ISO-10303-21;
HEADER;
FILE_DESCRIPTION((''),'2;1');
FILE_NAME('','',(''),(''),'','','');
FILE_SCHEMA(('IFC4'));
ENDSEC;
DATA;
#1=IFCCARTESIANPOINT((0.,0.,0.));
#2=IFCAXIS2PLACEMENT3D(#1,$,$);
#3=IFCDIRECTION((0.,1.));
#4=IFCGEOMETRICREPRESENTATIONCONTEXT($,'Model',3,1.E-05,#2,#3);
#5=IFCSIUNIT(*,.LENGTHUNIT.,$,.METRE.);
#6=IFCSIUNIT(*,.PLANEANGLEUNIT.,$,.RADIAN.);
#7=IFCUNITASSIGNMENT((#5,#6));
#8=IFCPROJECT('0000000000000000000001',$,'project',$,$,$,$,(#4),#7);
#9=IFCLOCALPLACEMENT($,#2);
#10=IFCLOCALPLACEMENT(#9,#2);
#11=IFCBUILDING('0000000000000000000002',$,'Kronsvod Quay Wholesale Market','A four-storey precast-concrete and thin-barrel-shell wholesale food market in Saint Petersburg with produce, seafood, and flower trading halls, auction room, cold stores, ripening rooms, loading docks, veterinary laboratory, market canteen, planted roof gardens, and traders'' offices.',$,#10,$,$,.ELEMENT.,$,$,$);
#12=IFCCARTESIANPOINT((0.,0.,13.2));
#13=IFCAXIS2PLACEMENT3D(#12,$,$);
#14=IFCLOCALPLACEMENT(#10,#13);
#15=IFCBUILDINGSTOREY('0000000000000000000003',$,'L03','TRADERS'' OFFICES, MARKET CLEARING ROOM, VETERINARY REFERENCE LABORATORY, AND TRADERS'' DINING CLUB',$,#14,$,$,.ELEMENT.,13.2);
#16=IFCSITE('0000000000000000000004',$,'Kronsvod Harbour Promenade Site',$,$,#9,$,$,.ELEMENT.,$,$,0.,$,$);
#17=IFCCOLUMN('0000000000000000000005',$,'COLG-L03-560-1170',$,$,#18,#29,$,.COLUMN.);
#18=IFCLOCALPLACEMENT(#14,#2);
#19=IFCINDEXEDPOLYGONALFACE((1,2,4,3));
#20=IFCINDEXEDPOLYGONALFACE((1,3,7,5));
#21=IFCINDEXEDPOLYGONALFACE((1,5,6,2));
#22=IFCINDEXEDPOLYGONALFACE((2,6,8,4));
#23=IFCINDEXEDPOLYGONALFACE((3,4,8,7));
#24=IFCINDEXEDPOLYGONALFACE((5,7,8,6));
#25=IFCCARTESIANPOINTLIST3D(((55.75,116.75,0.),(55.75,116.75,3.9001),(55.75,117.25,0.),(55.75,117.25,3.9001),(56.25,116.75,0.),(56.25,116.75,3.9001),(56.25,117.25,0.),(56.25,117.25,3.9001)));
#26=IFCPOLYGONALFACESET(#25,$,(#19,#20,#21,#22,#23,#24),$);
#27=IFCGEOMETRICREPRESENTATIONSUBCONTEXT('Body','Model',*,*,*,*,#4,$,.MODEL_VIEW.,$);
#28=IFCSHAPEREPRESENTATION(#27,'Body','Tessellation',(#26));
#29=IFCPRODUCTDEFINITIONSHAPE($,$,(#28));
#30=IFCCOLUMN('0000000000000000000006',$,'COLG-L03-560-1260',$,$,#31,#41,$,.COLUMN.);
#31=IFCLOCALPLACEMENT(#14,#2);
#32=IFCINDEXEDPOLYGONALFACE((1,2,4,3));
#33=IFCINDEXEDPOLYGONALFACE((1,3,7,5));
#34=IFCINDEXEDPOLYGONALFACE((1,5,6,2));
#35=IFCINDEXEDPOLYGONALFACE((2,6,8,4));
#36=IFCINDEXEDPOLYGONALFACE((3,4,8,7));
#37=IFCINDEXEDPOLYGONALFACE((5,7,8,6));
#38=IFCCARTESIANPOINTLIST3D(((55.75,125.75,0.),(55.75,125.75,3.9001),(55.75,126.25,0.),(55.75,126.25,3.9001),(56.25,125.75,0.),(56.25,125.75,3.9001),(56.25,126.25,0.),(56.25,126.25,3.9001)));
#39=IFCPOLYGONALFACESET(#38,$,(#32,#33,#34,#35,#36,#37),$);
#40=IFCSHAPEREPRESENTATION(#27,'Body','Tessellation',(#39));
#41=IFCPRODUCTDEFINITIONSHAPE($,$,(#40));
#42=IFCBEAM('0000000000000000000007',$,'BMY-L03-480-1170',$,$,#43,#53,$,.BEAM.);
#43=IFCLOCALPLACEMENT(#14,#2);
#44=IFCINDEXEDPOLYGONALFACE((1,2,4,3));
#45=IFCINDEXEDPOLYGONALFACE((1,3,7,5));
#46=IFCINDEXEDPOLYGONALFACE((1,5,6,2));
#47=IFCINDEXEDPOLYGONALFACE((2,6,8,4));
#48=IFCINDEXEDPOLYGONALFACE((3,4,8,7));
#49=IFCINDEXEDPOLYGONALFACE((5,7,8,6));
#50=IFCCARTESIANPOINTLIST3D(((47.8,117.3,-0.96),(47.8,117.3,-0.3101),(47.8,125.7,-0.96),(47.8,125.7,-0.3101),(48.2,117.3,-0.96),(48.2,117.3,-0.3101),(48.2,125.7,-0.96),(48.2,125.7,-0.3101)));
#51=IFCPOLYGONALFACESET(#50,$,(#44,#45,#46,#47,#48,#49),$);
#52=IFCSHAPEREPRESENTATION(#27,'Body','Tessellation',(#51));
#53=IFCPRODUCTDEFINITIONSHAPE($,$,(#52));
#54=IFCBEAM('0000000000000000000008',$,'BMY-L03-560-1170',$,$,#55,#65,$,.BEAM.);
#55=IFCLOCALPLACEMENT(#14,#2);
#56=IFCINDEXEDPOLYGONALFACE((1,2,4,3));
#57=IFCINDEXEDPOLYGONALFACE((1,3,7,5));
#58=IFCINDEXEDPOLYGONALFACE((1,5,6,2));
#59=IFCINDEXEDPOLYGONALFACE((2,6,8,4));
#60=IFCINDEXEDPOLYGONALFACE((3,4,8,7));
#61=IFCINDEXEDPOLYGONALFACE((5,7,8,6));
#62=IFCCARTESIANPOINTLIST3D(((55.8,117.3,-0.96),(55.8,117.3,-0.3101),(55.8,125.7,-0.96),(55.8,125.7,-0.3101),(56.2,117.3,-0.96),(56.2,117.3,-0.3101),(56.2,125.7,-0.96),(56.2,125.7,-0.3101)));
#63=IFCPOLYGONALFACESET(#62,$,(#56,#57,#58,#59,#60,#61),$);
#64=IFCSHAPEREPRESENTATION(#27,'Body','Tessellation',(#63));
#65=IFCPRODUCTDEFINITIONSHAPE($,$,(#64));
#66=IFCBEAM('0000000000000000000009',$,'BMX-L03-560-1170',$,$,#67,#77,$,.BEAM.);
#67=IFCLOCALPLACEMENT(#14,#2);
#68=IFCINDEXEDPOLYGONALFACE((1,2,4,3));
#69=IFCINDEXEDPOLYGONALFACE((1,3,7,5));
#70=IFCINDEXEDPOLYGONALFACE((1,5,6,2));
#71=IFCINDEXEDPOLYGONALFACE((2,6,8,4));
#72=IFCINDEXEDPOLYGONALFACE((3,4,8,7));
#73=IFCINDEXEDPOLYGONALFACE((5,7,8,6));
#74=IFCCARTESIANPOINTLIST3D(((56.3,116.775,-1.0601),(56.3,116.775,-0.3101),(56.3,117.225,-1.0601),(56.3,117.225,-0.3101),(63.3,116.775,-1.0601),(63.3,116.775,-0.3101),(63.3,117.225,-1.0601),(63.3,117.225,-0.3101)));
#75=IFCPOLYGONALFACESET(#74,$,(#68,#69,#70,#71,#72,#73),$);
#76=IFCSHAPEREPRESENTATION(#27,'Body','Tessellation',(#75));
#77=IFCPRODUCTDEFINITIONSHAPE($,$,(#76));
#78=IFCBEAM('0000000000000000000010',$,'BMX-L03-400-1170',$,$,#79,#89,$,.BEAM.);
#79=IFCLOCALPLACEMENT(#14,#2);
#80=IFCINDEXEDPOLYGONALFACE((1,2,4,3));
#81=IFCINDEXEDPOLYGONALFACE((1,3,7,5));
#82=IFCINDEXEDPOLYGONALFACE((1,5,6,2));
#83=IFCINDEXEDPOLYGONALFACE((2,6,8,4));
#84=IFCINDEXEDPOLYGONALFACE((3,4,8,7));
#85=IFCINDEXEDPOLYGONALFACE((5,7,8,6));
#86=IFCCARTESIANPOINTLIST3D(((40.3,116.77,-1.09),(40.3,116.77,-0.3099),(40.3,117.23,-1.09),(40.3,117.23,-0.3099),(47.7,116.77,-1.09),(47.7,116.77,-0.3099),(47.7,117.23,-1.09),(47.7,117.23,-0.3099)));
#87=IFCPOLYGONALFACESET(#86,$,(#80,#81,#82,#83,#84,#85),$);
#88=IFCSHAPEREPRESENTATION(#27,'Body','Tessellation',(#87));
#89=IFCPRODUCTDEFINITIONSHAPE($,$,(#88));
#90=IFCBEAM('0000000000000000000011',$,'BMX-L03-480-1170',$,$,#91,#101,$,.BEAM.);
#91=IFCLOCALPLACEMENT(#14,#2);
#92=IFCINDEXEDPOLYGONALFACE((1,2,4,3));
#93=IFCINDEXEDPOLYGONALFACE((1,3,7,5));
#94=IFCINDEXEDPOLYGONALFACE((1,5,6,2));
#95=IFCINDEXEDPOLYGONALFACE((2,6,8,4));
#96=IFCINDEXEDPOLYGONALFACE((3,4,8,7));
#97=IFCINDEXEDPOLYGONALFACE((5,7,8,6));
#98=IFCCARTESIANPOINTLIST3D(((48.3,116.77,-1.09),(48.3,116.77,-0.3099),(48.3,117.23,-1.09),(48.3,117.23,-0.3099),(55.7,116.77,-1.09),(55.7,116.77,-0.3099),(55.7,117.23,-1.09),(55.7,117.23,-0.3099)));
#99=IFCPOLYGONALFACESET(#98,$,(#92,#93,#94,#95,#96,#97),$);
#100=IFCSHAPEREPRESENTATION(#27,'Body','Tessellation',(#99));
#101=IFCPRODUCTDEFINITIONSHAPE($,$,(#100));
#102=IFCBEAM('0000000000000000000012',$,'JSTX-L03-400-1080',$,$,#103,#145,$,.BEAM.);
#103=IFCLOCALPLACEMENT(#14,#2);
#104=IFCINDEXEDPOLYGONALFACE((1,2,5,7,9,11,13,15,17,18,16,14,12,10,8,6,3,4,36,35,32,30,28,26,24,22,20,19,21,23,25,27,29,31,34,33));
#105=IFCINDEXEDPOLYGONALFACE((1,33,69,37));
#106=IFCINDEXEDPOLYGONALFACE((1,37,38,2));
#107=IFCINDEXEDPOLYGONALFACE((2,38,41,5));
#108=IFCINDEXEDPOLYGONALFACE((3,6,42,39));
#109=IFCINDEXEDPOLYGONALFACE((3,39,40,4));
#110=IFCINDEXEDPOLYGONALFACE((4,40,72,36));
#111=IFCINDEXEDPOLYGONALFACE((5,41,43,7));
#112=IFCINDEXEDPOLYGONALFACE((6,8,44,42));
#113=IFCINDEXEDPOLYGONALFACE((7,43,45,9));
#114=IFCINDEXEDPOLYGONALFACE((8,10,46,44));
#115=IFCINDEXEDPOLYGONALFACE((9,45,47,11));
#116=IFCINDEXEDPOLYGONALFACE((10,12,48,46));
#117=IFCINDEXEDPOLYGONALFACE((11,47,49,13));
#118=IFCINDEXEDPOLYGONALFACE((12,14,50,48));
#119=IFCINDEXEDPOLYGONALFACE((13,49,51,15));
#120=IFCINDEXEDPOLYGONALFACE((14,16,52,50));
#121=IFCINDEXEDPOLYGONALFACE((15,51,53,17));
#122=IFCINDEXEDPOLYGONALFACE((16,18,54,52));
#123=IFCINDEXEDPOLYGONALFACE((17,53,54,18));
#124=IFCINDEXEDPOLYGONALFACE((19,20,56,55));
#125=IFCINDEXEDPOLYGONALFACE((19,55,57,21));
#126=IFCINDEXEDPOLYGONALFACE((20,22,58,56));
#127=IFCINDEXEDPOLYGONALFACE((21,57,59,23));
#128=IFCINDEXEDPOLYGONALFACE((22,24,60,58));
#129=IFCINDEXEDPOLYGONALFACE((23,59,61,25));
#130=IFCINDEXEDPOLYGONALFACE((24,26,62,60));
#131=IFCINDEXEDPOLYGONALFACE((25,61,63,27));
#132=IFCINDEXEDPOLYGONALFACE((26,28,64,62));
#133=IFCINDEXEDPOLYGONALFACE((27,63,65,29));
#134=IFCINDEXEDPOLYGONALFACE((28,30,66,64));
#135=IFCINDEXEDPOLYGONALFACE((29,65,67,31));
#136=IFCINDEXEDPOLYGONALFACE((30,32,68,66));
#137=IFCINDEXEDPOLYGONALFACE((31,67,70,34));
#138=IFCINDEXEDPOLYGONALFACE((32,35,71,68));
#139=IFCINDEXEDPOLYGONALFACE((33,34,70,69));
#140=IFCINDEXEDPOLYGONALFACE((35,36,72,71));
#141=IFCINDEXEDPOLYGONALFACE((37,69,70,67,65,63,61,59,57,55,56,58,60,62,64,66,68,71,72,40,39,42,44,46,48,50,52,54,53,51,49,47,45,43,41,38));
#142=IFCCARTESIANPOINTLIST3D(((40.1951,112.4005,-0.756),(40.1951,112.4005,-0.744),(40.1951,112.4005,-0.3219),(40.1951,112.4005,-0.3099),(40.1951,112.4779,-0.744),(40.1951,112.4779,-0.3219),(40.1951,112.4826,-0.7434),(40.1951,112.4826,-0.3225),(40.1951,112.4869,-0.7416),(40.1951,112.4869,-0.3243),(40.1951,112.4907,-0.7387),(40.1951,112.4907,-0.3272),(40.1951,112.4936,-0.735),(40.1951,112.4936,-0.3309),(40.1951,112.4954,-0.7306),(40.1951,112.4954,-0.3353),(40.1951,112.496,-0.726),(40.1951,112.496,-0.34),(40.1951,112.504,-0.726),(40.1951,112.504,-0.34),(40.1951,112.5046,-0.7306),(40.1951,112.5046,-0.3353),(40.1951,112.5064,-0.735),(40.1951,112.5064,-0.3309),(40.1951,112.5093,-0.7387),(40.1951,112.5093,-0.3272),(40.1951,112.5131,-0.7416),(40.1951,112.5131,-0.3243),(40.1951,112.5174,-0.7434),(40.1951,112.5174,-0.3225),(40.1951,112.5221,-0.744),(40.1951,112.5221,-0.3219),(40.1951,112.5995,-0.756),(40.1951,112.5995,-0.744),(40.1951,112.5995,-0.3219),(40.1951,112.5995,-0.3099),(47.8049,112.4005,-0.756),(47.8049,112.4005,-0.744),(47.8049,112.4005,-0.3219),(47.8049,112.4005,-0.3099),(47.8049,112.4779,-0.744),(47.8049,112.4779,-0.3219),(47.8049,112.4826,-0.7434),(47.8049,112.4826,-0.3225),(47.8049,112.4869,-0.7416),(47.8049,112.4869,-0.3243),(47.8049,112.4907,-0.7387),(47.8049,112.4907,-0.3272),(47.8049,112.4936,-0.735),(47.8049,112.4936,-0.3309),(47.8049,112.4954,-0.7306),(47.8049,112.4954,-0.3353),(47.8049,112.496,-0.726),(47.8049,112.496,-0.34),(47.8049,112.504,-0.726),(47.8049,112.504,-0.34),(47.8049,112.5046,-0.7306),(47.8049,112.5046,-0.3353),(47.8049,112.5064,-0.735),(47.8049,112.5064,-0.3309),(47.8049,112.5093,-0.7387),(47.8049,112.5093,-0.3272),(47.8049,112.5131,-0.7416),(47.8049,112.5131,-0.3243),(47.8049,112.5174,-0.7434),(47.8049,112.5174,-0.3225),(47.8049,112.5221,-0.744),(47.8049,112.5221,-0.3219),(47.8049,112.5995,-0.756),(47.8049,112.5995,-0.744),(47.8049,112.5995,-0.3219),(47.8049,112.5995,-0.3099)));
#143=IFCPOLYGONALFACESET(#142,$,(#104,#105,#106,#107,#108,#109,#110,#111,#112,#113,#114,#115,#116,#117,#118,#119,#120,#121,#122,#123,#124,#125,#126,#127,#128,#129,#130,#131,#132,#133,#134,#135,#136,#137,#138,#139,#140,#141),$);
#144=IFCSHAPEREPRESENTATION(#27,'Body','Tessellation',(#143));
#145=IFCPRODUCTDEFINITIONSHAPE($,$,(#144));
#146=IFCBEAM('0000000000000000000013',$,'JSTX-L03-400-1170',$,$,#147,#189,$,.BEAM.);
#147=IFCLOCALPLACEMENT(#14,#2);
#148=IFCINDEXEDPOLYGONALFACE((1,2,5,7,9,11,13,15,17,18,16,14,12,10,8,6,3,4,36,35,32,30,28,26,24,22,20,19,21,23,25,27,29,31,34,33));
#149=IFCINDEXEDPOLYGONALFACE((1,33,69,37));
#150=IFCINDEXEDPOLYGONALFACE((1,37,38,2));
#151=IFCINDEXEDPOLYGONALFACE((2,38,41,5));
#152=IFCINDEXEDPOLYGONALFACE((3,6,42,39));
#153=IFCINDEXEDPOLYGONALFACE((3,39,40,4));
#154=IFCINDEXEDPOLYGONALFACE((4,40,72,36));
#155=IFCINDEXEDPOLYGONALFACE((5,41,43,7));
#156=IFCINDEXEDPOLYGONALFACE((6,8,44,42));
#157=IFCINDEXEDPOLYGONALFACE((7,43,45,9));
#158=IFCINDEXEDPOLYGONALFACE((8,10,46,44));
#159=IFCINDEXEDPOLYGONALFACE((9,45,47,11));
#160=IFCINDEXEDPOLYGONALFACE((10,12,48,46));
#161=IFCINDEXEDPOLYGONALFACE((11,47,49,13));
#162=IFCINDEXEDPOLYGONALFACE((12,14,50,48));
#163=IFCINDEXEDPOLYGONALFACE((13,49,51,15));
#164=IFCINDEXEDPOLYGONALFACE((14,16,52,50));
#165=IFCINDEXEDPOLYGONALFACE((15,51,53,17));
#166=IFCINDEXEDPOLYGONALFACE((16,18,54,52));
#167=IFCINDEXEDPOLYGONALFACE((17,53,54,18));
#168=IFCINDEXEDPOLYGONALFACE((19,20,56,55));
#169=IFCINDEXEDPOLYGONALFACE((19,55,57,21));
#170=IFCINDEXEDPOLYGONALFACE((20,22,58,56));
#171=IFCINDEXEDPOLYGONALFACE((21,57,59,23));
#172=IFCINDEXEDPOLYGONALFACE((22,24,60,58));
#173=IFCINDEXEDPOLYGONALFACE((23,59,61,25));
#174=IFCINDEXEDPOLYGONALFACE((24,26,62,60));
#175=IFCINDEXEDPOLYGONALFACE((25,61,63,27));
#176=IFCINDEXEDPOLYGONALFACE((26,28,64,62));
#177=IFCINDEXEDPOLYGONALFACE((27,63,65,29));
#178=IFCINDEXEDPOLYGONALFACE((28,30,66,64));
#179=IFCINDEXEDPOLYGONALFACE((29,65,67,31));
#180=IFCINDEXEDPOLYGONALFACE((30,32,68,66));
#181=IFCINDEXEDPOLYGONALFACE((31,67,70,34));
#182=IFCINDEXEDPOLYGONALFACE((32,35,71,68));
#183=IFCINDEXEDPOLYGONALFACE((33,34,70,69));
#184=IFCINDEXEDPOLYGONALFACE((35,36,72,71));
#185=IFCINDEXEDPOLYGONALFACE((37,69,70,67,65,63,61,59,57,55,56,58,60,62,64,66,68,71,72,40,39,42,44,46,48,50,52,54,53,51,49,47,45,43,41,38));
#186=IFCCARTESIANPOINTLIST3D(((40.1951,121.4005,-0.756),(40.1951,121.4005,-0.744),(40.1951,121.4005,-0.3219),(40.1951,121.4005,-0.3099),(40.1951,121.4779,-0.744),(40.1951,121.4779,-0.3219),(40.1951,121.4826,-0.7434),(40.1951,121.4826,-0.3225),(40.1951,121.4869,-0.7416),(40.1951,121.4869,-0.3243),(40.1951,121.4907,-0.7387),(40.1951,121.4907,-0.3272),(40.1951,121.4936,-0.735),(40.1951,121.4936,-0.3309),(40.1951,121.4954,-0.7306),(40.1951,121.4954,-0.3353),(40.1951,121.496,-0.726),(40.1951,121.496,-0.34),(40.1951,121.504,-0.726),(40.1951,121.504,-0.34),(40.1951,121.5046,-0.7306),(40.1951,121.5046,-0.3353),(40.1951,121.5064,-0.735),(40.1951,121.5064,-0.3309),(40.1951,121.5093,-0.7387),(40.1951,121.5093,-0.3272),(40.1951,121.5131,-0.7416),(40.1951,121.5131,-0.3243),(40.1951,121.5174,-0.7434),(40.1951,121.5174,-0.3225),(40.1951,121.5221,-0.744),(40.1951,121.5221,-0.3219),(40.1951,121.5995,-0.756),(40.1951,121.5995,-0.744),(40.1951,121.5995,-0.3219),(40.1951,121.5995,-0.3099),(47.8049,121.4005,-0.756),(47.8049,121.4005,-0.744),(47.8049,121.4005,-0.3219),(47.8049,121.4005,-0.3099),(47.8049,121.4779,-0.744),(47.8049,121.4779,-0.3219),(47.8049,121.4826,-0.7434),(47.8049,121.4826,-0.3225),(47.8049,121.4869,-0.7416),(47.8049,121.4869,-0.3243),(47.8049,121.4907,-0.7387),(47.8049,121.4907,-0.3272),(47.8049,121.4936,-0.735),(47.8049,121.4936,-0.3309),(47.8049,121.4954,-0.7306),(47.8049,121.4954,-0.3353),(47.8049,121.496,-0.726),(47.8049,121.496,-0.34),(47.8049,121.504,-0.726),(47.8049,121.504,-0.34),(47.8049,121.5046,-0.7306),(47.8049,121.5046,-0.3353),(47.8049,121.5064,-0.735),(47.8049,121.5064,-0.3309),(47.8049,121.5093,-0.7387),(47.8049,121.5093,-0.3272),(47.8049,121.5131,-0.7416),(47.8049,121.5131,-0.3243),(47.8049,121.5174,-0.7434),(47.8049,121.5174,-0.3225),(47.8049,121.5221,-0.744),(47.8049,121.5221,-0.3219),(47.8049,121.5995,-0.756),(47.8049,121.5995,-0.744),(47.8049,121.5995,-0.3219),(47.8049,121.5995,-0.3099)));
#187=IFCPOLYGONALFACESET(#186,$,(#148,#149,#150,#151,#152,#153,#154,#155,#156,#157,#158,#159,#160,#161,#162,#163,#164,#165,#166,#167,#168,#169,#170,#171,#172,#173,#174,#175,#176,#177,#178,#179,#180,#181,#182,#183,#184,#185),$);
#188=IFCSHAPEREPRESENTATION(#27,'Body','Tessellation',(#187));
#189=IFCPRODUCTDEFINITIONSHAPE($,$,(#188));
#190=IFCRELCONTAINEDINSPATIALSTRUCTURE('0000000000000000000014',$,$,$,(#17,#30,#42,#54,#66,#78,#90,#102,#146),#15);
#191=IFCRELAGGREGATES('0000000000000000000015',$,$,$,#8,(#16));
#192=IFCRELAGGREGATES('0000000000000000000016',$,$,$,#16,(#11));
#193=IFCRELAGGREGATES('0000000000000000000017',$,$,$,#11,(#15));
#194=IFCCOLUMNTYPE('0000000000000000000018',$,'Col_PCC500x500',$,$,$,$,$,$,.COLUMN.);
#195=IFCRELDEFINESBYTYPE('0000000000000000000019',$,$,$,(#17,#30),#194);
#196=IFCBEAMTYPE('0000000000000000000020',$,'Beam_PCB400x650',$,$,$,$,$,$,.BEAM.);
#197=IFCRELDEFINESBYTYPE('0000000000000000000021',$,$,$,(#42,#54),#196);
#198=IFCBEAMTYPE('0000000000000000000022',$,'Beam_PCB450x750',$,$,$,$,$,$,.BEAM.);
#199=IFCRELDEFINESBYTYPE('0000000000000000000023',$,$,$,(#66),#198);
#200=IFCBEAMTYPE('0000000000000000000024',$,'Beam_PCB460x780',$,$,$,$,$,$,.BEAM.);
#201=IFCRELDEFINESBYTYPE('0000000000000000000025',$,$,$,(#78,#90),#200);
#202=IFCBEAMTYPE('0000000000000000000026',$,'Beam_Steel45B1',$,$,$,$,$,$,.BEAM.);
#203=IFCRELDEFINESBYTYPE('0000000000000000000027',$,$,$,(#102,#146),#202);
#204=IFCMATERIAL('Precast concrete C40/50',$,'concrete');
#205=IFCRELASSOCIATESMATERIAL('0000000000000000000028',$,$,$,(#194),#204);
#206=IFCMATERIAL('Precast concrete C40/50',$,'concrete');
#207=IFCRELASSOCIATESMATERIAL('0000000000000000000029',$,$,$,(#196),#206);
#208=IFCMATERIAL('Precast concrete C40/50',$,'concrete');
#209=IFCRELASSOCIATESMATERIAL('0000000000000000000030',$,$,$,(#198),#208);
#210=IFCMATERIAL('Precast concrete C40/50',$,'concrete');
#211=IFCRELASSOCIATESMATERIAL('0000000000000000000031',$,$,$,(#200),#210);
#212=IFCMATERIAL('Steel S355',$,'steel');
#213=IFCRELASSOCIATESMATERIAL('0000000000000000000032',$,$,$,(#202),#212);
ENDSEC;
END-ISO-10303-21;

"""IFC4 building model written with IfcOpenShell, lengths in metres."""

from ifc_helpers import new_model, si_unit, direction, frame, origin, origin_2d, place, context, subcontext, project, spatial, rectangle, i_section, extrude, material, material_profile, profile_set, type_object, element, save


model = new_model("IFC4")

# Units and contexts
model_context = context("Model", 3, precision=1e-05, world=origin(), true_north=direction((0.0, 1.0)))
body_context = subcontext(model_context, "Body", "Model", "MODEL_VIEW")
ifc_project = project(units=[si_unit("LENGTHUNIT", "METRE"), si_unit("PLANEANGLEUNIT", "RADIAN")], contexts=[model_context])

# Site, building, storey
site_placement = place(None, origin())
site = spatial("IfcSite", under=ifc_project, at=site_placement, Name="Kronsvod Harbour Promenade Site", CompositionType="ELEMENT", RefElevation=0.0)
building_placement = place(site_placement, origin())
building = spatial("IfcBuilding", under=site, at=building_placement, Name="Kronsvod Quay Wholesale Market", Description="A four-storey precast-concrete and thin-barrel-shell wholesale food market in Saint Petersburg with produce, seafood, and flower trading halls, auction room, cold stores, ripening rooms, loading docks, veterinary laboratory, market canteen, planted roof gardens, and traders' offices.", CompositionType="ELEMENT")
storey_placement = place(building_placement, frame((0.0, 0.0, 13.2)))
storey = spatial("IfcBuildingStorey", under=building, at=storey_placement, Name="L03", Description="TRADERS' OFFICES, MARKET CLEARING ROOM, VETERINARY REFERENCE LABORATORY, AND TRADERS' DINING CLUB", CompositionType="ELEMENT", Elevation=13.2)

# Columns
ifc_material_1 = material(Name="Precast concrete C40/50", Category="concrete")
ifc_material_profile_1 = material_profile(ifc_material_1, rectangle(XDim=0.5, YDim=0.5, at=origin_2d()), Name="PCC500x500")
ifc_profile_set_1 = profile_set([ifc_material_profile_1], Name="Precast concrete C40/50")
column_type = type_object("IfcColumnType", Name="Col_PCC500x500", PredefinedType="COLUMN", material=ifc_profile_set_1)
for number, where, z_axis, x_axis, name in (
    (1, (56.0, 117.0, 0.0), (0.0, 0.0, 1.0), (1.0, 0.0, 0.0), "COLG-L03-560-1170"),
    (2, (56.0, 126.0, 0.0), (0.0, 0.0, 1.0), (1.0, 0.0, 0.0), "COLG-L03-560-1260"),
):
    element("IfcColumn", number, at=place(storey_placement, frame(where, z_axis=z_axis, x_axis=x_axis)), inside=storey, type_object=column_type, Name=name, PredefinedType="COLUMN", context=body_context, shape_type="SweptSolid", body=[
        extrude(rectangle(XDim=0.5, YDim=0.5, at=origin_2d()), origin(), (0.0, 0.0, 1.0), 3.9001),
    ])

# Beams
ifc_material_2 = material(Name="Precast concrete C40/50", Category="concrete")
ifc_material_profile_2 = material_profile(ifc_material_2, rectangle(XDim=0.3999, YDim=0.6499, at=origin_2d()), Name="PCB400x650")
ifc_profile_set_2 = profile_set([ifc_material_profile_2], Name="Precast concrete C40/50")
beam_type_1 = type_object("IfcBeamType", Name="Beam_PCB400x650", PredefinedType="BEAM", material=ifc_profile_set_2)
for number, where, z_axis, x_axis, name in (
    (3, (48.0, 117.3, -0.635), (0.0, 1.0, 0.0), (-1.0, 0.0, 0.0), "BMY-L03-480-1170"),
    (4, (56.0, 117.3, -0.635), (0.0, 1.0, 0.0), (-1.0, 0.0, 0.0), "BMY-L03-560-1170"),
):
    element("IfcBeam", number, at=place(storey_placement, frame(where, z_axis=z_axis, x_axis=x_axis)), inside=storey, type_object=beam_type_1, Name=name, PredefinedType="BEAM", context=body_context, shape_type="SweptSolid", body=[
        extrude(rectangle(XDim=0.3999, YDim=0.6499, at=origin_2d()), origin(), (0.0, 0.0, 1.0), 8.3999),
    ])
ifc_material_3 = material(Name="Precast concrete C40/50", Category="concrete")
ifc_material_profile_3 = material_profile(ifc_material_3, rectangle(XDim=0.45, YDim=0.75, at=origin_2d()), Name="PCB450x750")
ifc_profile_set_3 = profile_set([ifc_material_profile_3], Name="Precast concrete C40/50")
beam_type_2 = type_object("IfcBeamType", Name="Beam_PCB450x750", PredefinedType="BEAM", material=ifc_profile_set_3)
beam_1_placement = place(storey_placement, frame((56.3, 117.0, -0.6851), z_axis=(1.0, 0.0, 0.0), x_axis=(0.0, 1.0, 0.0)))
element("IfcBeam", 5, at=beam_1_placement, inside=storey, type_object=beam_type_2, Name="BMX-L03-560-1170", PredefinedType="BEAM", context=body_context, shape_type="SweptSolid", body=[
    extrude(rectangle(XDim=0.45, YDim=0.75, at=origin_2d()), origin(), (0.0, 0.0, 1.0), 7.0),
])
ifc_material_4 = material(Name="Precast concrete C40/50", Category="concrete")
ifc_material_profile_4 = material_profile(ifc_material_4, rectangle(XDim=0.46, YDim=0.78, at=origin_2d()), Name="PB-03")
ifc_profile_set_4 = profile_set([ifc_material_profile_4], Name="Precast concrete C40/50")
beam_type_3 = type_object("IfcBeamType", Name="Beam_PCB460x780", PredefinedType="BEAM", material=ifc_profile_set_4)
for number, where, z_axis, x_axis, name in (
    (6, (40.3, 117.0, -0.7), (1.0, 0.0, 0.0), (0.0, 1.0, 0.0), "BMX-L03-400-1170"),
    (7, (48.3, 117.0, -0.7), (1.0, 0.0, 0.0), (0.0, 1.0, 0.0), "BMX-L03-480-1170"),
):
    element("IfcBeam", number, at=place(storey_placement, frame(where, z_axis=z_axis, x_axis=x_axis)), inside=storey, type_object=beam_type_3, Name=name, PredefinedType="BEAM", context=body_context, shape_type="SweptSolid", body=[
        extrude(rectangle(XDim=0.46, YDim=0.78, at=origin_2d()), origin(), (0.0, 0.0, 1.0), 7.3999),
    ])
ifc_material_5 = material(Name="Steel S355", Category="steel")
ifc_material_profile_5 = material_profile(ifc_material_5, i_section(OverallWidth=0.199, OverallDepth=0.446, WebThickness=0.0081, FlangeThickness=0.012, FilletRadius=0.0181, at=origin_2d()), Name="45B1")
ifc_profile_set_5 = profile_set([ifc_material_profile_5], Name="Steel S355")
beam_type_4 = type_object("IfcBeamType", Name="Beam_Steel45B1", PredefinedType="BEAM", material=ifc_profile_set_5)
for number, where, z_axis, x_axis, name in (
    (8, (40.1951, 112.5, -0.533), (1.0, 0.0, 0.0), (0.0, 1.0, 0.0), "JSTX-L03-400-1080"),
    (9, (40.1951, 121.5, -0.533), (1.0, 0.0, 0.0), (0.0, 1.0, 0.0), "JSTX-L03-400-1170"),
):
    element("IfcBeam", number, at=place(storey_placement, frame(where, z_axis=z_axis, x_axis=x_axis)), inside=storey, type_object=beam_type_4, Name=name, PredefinedType="BEAM", context=body_context, shape_type="SweptSolid", body=[
        extrude(i_section(OverallWidth=0.199, OverallDepth=0.446, WebThickness=0.0081, FlangeThickness=0.012, FilletRadius=0.0181, at=origin_2d()), origin(), (0.0, 0.0, 1.0), 7.6099),
    ])

save(model, "model.ifc")
